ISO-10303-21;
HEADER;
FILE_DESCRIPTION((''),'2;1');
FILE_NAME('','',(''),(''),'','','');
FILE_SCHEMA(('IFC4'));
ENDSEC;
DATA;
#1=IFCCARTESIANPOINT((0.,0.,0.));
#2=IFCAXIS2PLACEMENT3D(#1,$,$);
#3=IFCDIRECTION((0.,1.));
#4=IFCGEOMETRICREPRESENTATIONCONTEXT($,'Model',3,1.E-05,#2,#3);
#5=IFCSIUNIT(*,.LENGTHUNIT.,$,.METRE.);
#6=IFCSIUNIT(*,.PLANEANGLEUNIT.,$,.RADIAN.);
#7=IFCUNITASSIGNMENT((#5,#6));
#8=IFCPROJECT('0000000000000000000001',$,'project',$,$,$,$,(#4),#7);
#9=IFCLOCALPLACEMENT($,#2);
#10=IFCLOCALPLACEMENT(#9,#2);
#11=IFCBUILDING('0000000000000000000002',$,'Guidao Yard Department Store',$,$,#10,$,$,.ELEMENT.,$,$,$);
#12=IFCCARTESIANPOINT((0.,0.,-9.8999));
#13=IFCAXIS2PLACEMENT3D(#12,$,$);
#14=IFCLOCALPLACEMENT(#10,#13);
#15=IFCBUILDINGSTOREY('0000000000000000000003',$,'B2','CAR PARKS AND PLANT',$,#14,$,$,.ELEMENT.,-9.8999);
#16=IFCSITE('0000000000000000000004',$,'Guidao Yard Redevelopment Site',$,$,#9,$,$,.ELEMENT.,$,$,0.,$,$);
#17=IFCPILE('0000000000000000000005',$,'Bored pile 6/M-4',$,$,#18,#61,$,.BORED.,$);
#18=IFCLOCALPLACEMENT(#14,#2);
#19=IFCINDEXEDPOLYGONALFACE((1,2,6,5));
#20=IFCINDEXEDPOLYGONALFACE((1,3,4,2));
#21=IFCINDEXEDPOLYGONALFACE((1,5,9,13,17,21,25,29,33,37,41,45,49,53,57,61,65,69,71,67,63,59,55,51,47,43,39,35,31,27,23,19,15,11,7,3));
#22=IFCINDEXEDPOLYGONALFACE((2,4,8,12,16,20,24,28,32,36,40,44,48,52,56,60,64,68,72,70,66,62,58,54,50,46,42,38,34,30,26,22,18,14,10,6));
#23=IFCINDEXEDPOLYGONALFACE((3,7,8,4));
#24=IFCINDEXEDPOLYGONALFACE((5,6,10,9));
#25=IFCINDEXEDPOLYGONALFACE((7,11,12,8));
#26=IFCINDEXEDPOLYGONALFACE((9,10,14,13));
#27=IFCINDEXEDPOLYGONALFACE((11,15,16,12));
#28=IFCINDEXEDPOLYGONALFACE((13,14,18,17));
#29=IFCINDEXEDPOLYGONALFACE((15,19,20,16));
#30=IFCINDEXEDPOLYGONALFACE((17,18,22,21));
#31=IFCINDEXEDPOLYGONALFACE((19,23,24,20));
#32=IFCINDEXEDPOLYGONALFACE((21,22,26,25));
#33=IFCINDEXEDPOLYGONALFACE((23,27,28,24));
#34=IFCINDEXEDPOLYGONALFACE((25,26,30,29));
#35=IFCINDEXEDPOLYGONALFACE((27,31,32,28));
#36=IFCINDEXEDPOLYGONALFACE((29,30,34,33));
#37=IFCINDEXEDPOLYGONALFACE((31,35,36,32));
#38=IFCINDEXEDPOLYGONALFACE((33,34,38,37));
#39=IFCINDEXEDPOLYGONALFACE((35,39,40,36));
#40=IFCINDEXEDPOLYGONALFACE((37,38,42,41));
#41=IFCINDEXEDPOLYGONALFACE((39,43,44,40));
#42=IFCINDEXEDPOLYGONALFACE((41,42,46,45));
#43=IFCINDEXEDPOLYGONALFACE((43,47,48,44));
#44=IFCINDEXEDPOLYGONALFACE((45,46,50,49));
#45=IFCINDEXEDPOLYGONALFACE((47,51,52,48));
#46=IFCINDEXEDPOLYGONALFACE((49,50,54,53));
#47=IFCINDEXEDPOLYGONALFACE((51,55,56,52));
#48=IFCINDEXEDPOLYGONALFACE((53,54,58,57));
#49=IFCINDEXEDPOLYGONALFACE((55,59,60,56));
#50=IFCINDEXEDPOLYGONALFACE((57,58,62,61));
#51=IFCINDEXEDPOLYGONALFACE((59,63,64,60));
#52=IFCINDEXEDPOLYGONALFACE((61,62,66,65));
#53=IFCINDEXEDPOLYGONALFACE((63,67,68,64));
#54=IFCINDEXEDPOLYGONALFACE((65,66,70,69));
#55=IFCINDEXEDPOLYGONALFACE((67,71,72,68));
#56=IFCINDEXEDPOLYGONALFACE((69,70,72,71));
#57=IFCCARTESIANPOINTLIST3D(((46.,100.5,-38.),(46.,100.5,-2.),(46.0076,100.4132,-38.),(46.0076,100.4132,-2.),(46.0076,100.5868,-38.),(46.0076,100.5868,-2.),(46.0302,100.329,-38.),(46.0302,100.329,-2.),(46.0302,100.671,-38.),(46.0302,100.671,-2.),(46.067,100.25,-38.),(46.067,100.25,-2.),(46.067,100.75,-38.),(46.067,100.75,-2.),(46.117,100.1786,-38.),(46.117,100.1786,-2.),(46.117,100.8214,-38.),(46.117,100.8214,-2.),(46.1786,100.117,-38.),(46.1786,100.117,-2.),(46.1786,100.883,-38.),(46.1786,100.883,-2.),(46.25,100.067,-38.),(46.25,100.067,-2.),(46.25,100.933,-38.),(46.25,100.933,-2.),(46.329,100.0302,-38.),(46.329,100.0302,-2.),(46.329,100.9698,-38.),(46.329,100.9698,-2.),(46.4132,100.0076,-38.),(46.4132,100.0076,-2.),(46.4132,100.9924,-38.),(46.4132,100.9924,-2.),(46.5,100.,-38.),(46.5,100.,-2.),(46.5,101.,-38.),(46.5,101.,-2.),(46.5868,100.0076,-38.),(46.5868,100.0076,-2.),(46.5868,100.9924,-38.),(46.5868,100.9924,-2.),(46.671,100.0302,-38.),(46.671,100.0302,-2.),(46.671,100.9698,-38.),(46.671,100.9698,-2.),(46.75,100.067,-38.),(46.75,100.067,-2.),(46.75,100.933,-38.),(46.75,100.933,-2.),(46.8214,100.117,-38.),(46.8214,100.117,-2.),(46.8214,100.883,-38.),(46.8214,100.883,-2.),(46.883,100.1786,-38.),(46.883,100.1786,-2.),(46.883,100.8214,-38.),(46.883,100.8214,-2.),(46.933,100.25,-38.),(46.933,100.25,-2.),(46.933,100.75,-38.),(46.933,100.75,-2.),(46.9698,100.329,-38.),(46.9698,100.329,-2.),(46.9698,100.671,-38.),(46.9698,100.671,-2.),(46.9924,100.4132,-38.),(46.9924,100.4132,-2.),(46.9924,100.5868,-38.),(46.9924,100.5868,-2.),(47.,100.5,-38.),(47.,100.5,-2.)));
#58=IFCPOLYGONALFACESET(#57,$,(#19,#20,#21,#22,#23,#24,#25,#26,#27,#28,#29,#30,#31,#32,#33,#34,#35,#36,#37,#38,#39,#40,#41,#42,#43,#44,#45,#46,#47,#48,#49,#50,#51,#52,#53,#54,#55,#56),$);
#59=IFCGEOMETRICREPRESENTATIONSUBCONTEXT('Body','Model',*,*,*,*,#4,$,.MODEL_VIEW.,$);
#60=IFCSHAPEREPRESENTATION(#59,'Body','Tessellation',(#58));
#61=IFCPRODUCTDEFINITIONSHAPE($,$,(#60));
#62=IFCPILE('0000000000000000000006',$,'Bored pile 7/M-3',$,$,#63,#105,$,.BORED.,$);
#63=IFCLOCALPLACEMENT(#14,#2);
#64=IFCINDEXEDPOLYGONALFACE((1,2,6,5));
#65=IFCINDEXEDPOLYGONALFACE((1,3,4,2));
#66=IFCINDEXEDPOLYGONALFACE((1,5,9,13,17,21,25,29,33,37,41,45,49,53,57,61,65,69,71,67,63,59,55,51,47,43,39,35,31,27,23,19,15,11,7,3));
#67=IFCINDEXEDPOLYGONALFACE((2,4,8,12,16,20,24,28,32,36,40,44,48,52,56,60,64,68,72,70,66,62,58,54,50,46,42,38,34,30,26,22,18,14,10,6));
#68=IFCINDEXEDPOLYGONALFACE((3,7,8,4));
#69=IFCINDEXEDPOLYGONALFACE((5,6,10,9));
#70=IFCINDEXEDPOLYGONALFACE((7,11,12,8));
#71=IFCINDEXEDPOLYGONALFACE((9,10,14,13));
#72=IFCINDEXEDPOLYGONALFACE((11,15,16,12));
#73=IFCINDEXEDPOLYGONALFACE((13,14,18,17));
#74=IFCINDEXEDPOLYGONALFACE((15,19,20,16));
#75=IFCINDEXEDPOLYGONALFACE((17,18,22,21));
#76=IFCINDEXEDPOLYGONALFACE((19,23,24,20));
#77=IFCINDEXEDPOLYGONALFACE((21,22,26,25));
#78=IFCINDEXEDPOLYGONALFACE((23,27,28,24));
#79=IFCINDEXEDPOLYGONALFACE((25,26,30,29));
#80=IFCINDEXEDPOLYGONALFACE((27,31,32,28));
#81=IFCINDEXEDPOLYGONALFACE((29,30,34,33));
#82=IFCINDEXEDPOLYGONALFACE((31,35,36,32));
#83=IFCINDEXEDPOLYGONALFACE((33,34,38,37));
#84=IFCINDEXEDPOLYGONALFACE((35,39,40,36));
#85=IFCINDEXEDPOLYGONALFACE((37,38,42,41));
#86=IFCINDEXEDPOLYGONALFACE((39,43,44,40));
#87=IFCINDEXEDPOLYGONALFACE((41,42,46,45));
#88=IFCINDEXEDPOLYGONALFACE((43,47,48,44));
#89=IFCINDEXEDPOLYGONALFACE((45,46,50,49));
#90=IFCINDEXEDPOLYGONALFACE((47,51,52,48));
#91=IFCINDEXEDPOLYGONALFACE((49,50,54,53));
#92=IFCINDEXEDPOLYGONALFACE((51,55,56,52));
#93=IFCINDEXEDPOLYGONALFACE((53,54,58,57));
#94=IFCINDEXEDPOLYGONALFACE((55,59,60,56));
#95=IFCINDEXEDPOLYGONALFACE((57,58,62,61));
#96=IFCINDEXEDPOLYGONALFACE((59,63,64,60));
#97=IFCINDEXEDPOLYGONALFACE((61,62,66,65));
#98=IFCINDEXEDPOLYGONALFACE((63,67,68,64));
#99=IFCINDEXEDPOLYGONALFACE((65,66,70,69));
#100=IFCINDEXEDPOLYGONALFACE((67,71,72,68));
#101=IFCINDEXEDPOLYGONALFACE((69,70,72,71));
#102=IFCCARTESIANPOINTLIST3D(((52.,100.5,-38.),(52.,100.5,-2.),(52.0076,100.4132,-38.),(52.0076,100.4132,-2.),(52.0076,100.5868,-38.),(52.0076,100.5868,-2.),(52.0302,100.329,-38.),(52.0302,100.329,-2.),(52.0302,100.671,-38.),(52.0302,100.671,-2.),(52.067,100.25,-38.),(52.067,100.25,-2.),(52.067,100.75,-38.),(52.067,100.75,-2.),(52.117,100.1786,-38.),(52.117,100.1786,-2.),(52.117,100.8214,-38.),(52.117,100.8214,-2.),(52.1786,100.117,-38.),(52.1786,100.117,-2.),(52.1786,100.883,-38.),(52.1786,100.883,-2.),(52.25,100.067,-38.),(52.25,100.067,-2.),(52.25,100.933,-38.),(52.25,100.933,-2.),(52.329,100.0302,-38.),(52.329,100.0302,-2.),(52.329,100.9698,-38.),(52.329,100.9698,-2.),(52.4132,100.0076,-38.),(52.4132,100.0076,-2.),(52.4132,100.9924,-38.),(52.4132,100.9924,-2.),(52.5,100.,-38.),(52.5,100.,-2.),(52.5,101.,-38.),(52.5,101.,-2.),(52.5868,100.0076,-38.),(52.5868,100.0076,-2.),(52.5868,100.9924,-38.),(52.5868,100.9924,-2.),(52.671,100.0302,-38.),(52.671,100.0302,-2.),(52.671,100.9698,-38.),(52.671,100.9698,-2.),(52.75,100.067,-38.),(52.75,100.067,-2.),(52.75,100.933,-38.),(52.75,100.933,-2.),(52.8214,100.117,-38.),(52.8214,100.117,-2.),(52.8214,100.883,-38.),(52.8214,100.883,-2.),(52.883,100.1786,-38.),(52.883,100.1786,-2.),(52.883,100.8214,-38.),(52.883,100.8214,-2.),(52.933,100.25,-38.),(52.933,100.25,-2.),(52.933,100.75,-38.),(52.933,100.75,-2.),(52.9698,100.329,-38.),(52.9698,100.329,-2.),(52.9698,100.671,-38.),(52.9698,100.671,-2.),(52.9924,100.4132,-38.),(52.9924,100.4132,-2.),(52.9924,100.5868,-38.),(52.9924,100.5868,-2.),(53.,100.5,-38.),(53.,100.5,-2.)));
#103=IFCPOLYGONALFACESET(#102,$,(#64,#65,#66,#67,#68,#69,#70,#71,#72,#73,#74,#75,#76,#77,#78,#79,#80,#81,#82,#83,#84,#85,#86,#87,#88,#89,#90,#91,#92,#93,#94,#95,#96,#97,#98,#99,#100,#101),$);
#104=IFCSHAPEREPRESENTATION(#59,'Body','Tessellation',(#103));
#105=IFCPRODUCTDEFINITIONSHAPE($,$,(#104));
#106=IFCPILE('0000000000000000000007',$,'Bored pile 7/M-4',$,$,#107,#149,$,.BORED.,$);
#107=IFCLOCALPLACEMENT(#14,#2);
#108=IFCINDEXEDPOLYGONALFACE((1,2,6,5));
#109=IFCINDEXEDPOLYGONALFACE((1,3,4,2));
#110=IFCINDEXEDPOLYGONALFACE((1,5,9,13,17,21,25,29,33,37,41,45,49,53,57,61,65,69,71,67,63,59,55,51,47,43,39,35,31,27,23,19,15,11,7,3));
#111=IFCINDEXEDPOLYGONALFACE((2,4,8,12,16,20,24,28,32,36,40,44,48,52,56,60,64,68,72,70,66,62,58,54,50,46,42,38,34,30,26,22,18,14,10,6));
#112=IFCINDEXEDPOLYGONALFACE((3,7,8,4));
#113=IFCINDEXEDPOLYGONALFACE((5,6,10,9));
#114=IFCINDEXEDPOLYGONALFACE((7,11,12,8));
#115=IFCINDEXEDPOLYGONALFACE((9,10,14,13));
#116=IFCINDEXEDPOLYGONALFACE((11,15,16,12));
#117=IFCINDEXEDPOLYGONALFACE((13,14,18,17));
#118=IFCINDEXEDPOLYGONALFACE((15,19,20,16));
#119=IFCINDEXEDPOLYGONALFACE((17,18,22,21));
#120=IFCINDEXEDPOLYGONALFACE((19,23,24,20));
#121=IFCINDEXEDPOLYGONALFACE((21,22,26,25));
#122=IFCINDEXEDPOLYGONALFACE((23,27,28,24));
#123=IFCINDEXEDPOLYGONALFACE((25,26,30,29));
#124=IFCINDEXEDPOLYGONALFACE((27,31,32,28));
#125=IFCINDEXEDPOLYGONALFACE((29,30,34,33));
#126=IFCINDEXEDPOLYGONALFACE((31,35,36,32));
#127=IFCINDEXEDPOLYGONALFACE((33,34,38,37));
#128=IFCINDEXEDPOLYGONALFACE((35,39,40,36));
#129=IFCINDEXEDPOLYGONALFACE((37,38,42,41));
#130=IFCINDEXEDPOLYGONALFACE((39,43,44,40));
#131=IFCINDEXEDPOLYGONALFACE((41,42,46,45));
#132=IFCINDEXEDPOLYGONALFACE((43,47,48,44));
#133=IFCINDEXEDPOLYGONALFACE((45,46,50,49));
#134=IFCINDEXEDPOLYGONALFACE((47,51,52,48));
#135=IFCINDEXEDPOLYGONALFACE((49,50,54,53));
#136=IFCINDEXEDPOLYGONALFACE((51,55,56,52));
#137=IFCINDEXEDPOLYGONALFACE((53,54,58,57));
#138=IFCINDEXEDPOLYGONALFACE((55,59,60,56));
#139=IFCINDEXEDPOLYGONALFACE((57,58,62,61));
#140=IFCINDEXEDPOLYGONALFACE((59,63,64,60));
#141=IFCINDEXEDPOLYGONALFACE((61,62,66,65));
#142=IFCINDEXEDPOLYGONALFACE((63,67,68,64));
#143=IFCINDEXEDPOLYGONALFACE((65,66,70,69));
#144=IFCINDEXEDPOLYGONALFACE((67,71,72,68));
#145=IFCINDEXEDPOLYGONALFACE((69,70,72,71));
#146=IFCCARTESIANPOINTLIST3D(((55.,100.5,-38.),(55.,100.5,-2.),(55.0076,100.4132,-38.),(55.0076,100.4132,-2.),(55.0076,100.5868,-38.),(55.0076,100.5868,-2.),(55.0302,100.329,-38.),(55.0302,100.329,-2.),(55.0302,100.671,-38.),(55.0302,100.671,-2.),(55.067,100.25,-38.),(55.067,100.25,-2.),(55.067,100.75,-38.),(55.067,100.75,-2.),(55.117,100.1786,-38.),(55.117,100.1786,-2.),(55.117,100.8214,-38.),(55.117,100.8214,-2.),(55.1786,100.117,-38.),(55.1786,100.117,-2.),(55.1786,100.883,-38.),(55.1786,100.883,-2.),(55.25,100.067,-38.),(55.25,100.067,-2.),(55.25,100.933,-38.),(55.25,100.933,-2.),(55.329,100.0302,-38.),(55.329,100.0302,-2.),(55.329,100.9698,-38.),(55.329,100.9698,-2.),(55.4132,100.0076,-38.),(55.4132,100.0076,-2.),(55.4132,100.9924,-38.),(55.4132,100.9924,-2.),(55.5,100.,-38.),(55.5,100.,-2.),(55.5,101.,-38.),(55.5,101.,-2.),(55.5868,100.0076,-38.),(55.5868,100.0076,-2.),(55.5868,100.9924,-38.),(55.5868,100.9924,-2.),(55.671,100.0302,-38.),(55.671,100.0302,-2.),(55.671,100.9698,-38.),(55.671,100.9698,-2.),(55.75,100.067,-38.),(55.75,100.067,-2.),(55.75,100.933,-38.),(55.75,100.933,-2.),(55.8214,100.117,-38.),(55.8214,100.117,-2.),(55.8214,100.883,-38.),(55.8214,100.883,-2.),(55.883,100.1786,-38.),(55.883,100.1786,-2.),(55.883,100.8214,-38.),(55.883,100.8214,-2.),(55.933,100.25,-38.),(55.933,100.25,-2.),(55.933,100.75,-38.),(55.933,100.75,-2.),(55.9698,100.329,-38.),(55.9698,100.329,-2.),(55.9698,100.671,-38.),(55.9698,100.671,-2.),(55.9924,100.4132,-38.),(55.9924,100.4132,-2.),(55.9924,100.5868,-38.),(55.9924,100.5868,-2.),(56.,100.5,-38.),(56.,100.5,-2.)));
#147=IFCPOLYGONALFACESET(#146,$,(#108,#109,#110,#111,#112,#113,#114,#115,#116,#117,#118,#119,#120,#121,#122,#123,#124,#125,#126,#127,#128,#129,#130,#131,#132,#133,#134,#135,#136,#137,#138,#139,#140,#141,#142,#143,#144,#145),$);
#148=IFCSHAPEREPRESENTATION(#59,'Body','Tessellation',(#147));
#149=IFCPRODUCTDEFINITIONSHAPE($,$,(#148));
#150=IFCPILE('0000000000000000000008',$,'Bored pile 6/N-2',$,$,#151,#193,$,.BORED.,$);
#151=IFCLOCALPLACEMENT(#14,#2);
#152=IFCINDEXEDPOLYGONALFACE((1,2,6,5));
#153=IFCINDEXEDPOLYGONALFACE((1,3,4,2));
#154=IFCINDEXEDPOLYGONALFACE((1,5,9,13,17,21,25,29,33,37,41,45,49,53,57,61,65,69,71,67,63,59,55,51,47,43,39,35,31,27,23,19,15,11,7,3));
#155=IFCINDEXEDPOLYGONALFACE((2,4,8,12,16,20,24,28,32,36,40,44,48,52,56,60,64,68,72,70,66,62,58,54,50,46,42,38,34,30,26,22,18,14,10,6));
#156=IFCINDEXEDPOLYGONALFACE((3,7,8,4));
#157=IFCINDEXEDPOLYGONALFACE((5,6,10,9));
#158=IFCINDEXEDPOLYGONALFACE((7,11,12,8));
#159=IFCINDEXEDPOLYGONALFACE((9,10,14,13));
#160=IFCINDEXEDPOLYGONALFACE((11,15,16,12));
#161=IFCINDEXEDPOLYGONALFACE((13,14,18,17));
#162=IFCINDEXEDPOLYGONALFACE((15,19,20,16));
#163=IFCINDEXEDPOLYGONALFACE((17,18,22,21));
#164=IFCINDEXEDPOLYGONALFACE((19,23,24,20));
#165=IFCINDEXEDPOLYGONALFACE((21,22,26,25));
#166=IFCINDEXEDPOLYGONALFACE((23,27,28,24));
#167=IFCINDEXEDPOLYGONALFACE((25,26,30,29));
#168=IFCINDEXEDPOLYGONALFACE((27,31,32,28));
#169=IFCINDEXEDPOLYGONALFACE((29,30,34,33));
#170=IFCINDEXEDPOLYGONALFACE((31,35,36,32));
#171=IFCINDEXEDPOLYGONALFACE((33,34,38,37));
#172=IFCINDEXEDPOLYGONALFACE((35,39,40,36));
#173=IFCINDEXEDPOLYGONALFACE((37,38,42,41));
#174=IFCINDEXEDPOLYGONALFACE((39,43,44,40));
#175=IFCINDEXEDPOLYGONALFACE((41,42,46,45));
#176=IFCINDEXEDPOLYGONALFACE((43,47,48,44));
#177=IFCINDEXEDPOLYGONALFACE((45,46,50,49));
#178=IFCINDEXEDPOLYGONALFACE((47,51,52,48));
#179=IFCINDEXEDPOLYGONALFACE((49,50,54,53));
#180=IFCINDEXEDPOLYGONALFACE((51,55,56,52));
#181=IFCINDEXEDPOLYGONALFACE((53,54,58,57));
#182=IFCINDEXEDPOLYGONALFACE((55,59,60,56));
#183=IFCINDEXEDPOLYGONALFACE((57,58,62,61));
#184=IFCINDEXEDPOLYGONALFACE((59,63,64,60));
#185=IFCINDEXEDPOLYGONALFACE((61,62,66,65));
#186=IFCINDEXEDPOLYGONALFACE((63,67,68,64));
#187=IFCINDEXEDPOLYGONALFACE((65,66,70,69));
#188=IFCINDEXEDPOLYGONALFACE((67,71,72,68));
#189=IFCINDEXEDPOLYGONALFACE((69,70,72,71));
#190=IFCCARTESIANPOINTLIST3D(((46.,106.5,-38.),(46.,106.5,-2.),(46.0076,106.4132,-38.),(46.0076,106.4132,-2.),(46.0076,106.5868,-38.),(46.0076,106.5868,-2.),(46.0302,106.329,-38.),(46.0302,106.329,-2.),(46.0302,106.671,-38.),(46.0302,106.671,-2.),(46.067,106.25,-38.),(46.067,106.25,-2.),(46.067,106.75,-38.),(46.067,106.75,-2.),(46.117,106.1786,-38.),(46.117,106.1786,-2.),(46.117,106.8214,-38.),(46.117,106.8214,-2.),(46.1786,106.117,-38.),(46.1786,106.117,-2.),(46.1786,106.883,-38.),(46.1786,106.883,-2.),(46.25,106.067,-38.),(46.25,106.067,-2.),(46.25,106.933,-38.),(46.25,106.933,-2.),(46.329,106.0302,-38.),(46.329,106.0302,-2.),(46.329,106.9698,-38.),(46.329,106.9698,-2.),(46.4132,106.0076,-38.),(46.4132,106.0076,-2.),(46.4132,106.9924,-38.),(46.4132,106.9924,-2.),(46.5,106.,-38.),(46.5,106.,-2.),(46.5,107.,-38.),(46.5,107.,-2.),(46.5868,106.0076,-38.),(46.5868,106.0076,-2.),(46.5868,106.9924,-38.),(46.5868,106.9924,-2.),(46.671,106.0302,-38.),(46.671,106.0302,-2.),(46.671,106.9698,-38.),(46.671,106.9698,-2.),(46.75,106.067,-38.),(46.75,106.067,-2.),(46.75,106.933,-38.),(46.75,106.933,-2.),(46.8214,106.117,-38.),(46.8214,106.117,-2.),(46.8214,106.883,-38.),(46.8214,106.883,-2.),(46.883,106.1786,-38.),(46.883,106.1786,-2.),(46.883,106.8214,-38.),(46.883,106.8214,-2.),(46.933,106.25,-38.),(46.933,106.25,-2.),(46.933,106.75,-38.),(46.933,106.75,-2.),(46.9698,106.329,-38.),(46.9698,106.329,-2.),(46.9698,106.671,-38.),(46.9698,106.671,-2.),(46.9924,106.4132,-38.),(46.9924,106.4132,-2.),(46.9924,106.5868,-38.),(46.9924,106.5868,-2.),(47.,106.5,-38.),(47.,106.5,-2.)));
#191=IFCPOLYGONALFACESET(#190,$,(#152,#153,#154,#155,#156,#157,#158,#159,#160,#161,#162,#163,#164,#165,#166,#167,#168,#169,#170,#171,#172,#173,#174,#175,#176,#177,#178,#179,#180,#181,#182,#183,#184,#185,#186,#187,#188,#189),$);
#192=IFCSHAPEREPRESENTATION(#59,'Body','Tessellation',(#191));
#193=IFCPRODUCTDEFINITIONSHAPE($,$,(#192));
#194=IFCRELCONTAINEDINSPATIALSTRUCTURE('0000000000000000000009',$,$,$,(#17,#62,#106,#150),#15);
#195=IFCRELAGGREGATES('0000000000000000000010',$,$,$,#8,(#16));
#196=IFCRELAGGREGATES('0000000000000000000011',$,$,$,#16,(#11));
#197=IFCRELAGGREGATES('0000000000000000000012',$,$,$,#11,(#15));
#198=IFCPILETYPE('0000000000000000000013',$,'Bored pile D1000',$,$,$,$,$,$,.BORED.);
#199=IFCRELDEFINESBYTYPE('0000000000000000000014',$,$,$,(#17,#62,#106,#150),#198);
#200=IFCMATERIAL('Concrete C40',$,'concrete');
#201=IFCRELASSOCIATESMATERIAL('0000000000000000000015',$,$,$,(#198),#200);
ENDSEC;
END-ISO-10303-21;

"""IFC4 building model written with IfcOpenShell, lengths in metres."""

from ifc_helpers import new_model, si_unit, direction, frame, origin, origin_2d, place, context, subcontext, project, spatial, circle, extrude, material, material_profile, profile_set, type_object, element, save


model = new_model("IFC4")

# Units and contexts
model_context = context("Model", 3, precision=1e-05, world=origin(), true_north=direction((0.0, 1.0)))
body_context = subcontext(model_context, "Body", "Model", "MODEL_VIEW")
ifc_project = project(units=[si_unit("LENGTHUNIT", "METRE"), si_unit("PLANEANGLEUNIT", "RADIAN")], contexts=[model_context])

# Site, building, storey
site_placement = place(None, origin())
site = spatial("IfcSite", under=ifc_project, at=site_placement, Name="Guidao Yard Redevelopment Site", CompositionType="ELEMENT", RefElevation=0.0)
building_placement = place(site_placement, origin())
building = spatial("IfcBuilding", under=site, at=building_placement, Name="Guidao Yard Department Store", CompositionType="ELEMENT")
storey_placement = place(building_placement, frame((0.0, 0.0, -9.8999)))
storey = spatial("IfcBuildingStorey", under=building, at=storey_placement, Name="B2", Description="CAR PARKS AND PLANT", CompositionType="ELEMENT", Elevation=-9.8999)

# Piles
ifc_material_1 = material(Name="Concrete C40", Category="concrete")
ifc_material_profile_1 = material_profile(ifc_material_1, circle(Radius=0.5, at=origin_2d()), Name="Bored pile D1000")
ifc_profile_set_1 = profile_set([ifc_material_profile_1], Name="Concrete C40")
pile_type = type_object("IfcPileType", Name="Bored pile D1000", PredefinedType="BORED", material=ifc_profile_set_1)
for number, where, z_axis, x_axis, name in (
    (1, (46.5, 100.5, -2.0), (0.0, 0.0, -1.0), (1.0, 0.0, 0.0), "Bored pile 6/M-4"),
    (2, (52.5, 100.5, -2.0), (0.0, 0.0, -1.0), (1.0, 0.0, 0.0), "Bored pile 7/M-3"),
    (3, (55.5, 100.5, -2.0), (0.0, 0.0, -1.0), (1.0, 0.0, 0.0), "Bored pile 7/M-4"),
    (4, (46.5, 106.5, -2.0), (0.0, 0.0, -1.0), (1.0, 0.0, 0.0), "Bored pile 6/N-2"),
):
    element("IfcPile", number, at=place(storey_placement, frame(where, z_axis=z_axis, x_axis=x_axis)), inside=storey, type_object=pile_type, Name=name, PredefinedType="BORED", context=body_context, shape_type="SweptSolid", body=[
        extrude(circle(Radius=0.5, at=origin_2d()), origin(), (0.0, 0.0, 1.0), 36.0),
    ])

save(model, "model.ifc")
